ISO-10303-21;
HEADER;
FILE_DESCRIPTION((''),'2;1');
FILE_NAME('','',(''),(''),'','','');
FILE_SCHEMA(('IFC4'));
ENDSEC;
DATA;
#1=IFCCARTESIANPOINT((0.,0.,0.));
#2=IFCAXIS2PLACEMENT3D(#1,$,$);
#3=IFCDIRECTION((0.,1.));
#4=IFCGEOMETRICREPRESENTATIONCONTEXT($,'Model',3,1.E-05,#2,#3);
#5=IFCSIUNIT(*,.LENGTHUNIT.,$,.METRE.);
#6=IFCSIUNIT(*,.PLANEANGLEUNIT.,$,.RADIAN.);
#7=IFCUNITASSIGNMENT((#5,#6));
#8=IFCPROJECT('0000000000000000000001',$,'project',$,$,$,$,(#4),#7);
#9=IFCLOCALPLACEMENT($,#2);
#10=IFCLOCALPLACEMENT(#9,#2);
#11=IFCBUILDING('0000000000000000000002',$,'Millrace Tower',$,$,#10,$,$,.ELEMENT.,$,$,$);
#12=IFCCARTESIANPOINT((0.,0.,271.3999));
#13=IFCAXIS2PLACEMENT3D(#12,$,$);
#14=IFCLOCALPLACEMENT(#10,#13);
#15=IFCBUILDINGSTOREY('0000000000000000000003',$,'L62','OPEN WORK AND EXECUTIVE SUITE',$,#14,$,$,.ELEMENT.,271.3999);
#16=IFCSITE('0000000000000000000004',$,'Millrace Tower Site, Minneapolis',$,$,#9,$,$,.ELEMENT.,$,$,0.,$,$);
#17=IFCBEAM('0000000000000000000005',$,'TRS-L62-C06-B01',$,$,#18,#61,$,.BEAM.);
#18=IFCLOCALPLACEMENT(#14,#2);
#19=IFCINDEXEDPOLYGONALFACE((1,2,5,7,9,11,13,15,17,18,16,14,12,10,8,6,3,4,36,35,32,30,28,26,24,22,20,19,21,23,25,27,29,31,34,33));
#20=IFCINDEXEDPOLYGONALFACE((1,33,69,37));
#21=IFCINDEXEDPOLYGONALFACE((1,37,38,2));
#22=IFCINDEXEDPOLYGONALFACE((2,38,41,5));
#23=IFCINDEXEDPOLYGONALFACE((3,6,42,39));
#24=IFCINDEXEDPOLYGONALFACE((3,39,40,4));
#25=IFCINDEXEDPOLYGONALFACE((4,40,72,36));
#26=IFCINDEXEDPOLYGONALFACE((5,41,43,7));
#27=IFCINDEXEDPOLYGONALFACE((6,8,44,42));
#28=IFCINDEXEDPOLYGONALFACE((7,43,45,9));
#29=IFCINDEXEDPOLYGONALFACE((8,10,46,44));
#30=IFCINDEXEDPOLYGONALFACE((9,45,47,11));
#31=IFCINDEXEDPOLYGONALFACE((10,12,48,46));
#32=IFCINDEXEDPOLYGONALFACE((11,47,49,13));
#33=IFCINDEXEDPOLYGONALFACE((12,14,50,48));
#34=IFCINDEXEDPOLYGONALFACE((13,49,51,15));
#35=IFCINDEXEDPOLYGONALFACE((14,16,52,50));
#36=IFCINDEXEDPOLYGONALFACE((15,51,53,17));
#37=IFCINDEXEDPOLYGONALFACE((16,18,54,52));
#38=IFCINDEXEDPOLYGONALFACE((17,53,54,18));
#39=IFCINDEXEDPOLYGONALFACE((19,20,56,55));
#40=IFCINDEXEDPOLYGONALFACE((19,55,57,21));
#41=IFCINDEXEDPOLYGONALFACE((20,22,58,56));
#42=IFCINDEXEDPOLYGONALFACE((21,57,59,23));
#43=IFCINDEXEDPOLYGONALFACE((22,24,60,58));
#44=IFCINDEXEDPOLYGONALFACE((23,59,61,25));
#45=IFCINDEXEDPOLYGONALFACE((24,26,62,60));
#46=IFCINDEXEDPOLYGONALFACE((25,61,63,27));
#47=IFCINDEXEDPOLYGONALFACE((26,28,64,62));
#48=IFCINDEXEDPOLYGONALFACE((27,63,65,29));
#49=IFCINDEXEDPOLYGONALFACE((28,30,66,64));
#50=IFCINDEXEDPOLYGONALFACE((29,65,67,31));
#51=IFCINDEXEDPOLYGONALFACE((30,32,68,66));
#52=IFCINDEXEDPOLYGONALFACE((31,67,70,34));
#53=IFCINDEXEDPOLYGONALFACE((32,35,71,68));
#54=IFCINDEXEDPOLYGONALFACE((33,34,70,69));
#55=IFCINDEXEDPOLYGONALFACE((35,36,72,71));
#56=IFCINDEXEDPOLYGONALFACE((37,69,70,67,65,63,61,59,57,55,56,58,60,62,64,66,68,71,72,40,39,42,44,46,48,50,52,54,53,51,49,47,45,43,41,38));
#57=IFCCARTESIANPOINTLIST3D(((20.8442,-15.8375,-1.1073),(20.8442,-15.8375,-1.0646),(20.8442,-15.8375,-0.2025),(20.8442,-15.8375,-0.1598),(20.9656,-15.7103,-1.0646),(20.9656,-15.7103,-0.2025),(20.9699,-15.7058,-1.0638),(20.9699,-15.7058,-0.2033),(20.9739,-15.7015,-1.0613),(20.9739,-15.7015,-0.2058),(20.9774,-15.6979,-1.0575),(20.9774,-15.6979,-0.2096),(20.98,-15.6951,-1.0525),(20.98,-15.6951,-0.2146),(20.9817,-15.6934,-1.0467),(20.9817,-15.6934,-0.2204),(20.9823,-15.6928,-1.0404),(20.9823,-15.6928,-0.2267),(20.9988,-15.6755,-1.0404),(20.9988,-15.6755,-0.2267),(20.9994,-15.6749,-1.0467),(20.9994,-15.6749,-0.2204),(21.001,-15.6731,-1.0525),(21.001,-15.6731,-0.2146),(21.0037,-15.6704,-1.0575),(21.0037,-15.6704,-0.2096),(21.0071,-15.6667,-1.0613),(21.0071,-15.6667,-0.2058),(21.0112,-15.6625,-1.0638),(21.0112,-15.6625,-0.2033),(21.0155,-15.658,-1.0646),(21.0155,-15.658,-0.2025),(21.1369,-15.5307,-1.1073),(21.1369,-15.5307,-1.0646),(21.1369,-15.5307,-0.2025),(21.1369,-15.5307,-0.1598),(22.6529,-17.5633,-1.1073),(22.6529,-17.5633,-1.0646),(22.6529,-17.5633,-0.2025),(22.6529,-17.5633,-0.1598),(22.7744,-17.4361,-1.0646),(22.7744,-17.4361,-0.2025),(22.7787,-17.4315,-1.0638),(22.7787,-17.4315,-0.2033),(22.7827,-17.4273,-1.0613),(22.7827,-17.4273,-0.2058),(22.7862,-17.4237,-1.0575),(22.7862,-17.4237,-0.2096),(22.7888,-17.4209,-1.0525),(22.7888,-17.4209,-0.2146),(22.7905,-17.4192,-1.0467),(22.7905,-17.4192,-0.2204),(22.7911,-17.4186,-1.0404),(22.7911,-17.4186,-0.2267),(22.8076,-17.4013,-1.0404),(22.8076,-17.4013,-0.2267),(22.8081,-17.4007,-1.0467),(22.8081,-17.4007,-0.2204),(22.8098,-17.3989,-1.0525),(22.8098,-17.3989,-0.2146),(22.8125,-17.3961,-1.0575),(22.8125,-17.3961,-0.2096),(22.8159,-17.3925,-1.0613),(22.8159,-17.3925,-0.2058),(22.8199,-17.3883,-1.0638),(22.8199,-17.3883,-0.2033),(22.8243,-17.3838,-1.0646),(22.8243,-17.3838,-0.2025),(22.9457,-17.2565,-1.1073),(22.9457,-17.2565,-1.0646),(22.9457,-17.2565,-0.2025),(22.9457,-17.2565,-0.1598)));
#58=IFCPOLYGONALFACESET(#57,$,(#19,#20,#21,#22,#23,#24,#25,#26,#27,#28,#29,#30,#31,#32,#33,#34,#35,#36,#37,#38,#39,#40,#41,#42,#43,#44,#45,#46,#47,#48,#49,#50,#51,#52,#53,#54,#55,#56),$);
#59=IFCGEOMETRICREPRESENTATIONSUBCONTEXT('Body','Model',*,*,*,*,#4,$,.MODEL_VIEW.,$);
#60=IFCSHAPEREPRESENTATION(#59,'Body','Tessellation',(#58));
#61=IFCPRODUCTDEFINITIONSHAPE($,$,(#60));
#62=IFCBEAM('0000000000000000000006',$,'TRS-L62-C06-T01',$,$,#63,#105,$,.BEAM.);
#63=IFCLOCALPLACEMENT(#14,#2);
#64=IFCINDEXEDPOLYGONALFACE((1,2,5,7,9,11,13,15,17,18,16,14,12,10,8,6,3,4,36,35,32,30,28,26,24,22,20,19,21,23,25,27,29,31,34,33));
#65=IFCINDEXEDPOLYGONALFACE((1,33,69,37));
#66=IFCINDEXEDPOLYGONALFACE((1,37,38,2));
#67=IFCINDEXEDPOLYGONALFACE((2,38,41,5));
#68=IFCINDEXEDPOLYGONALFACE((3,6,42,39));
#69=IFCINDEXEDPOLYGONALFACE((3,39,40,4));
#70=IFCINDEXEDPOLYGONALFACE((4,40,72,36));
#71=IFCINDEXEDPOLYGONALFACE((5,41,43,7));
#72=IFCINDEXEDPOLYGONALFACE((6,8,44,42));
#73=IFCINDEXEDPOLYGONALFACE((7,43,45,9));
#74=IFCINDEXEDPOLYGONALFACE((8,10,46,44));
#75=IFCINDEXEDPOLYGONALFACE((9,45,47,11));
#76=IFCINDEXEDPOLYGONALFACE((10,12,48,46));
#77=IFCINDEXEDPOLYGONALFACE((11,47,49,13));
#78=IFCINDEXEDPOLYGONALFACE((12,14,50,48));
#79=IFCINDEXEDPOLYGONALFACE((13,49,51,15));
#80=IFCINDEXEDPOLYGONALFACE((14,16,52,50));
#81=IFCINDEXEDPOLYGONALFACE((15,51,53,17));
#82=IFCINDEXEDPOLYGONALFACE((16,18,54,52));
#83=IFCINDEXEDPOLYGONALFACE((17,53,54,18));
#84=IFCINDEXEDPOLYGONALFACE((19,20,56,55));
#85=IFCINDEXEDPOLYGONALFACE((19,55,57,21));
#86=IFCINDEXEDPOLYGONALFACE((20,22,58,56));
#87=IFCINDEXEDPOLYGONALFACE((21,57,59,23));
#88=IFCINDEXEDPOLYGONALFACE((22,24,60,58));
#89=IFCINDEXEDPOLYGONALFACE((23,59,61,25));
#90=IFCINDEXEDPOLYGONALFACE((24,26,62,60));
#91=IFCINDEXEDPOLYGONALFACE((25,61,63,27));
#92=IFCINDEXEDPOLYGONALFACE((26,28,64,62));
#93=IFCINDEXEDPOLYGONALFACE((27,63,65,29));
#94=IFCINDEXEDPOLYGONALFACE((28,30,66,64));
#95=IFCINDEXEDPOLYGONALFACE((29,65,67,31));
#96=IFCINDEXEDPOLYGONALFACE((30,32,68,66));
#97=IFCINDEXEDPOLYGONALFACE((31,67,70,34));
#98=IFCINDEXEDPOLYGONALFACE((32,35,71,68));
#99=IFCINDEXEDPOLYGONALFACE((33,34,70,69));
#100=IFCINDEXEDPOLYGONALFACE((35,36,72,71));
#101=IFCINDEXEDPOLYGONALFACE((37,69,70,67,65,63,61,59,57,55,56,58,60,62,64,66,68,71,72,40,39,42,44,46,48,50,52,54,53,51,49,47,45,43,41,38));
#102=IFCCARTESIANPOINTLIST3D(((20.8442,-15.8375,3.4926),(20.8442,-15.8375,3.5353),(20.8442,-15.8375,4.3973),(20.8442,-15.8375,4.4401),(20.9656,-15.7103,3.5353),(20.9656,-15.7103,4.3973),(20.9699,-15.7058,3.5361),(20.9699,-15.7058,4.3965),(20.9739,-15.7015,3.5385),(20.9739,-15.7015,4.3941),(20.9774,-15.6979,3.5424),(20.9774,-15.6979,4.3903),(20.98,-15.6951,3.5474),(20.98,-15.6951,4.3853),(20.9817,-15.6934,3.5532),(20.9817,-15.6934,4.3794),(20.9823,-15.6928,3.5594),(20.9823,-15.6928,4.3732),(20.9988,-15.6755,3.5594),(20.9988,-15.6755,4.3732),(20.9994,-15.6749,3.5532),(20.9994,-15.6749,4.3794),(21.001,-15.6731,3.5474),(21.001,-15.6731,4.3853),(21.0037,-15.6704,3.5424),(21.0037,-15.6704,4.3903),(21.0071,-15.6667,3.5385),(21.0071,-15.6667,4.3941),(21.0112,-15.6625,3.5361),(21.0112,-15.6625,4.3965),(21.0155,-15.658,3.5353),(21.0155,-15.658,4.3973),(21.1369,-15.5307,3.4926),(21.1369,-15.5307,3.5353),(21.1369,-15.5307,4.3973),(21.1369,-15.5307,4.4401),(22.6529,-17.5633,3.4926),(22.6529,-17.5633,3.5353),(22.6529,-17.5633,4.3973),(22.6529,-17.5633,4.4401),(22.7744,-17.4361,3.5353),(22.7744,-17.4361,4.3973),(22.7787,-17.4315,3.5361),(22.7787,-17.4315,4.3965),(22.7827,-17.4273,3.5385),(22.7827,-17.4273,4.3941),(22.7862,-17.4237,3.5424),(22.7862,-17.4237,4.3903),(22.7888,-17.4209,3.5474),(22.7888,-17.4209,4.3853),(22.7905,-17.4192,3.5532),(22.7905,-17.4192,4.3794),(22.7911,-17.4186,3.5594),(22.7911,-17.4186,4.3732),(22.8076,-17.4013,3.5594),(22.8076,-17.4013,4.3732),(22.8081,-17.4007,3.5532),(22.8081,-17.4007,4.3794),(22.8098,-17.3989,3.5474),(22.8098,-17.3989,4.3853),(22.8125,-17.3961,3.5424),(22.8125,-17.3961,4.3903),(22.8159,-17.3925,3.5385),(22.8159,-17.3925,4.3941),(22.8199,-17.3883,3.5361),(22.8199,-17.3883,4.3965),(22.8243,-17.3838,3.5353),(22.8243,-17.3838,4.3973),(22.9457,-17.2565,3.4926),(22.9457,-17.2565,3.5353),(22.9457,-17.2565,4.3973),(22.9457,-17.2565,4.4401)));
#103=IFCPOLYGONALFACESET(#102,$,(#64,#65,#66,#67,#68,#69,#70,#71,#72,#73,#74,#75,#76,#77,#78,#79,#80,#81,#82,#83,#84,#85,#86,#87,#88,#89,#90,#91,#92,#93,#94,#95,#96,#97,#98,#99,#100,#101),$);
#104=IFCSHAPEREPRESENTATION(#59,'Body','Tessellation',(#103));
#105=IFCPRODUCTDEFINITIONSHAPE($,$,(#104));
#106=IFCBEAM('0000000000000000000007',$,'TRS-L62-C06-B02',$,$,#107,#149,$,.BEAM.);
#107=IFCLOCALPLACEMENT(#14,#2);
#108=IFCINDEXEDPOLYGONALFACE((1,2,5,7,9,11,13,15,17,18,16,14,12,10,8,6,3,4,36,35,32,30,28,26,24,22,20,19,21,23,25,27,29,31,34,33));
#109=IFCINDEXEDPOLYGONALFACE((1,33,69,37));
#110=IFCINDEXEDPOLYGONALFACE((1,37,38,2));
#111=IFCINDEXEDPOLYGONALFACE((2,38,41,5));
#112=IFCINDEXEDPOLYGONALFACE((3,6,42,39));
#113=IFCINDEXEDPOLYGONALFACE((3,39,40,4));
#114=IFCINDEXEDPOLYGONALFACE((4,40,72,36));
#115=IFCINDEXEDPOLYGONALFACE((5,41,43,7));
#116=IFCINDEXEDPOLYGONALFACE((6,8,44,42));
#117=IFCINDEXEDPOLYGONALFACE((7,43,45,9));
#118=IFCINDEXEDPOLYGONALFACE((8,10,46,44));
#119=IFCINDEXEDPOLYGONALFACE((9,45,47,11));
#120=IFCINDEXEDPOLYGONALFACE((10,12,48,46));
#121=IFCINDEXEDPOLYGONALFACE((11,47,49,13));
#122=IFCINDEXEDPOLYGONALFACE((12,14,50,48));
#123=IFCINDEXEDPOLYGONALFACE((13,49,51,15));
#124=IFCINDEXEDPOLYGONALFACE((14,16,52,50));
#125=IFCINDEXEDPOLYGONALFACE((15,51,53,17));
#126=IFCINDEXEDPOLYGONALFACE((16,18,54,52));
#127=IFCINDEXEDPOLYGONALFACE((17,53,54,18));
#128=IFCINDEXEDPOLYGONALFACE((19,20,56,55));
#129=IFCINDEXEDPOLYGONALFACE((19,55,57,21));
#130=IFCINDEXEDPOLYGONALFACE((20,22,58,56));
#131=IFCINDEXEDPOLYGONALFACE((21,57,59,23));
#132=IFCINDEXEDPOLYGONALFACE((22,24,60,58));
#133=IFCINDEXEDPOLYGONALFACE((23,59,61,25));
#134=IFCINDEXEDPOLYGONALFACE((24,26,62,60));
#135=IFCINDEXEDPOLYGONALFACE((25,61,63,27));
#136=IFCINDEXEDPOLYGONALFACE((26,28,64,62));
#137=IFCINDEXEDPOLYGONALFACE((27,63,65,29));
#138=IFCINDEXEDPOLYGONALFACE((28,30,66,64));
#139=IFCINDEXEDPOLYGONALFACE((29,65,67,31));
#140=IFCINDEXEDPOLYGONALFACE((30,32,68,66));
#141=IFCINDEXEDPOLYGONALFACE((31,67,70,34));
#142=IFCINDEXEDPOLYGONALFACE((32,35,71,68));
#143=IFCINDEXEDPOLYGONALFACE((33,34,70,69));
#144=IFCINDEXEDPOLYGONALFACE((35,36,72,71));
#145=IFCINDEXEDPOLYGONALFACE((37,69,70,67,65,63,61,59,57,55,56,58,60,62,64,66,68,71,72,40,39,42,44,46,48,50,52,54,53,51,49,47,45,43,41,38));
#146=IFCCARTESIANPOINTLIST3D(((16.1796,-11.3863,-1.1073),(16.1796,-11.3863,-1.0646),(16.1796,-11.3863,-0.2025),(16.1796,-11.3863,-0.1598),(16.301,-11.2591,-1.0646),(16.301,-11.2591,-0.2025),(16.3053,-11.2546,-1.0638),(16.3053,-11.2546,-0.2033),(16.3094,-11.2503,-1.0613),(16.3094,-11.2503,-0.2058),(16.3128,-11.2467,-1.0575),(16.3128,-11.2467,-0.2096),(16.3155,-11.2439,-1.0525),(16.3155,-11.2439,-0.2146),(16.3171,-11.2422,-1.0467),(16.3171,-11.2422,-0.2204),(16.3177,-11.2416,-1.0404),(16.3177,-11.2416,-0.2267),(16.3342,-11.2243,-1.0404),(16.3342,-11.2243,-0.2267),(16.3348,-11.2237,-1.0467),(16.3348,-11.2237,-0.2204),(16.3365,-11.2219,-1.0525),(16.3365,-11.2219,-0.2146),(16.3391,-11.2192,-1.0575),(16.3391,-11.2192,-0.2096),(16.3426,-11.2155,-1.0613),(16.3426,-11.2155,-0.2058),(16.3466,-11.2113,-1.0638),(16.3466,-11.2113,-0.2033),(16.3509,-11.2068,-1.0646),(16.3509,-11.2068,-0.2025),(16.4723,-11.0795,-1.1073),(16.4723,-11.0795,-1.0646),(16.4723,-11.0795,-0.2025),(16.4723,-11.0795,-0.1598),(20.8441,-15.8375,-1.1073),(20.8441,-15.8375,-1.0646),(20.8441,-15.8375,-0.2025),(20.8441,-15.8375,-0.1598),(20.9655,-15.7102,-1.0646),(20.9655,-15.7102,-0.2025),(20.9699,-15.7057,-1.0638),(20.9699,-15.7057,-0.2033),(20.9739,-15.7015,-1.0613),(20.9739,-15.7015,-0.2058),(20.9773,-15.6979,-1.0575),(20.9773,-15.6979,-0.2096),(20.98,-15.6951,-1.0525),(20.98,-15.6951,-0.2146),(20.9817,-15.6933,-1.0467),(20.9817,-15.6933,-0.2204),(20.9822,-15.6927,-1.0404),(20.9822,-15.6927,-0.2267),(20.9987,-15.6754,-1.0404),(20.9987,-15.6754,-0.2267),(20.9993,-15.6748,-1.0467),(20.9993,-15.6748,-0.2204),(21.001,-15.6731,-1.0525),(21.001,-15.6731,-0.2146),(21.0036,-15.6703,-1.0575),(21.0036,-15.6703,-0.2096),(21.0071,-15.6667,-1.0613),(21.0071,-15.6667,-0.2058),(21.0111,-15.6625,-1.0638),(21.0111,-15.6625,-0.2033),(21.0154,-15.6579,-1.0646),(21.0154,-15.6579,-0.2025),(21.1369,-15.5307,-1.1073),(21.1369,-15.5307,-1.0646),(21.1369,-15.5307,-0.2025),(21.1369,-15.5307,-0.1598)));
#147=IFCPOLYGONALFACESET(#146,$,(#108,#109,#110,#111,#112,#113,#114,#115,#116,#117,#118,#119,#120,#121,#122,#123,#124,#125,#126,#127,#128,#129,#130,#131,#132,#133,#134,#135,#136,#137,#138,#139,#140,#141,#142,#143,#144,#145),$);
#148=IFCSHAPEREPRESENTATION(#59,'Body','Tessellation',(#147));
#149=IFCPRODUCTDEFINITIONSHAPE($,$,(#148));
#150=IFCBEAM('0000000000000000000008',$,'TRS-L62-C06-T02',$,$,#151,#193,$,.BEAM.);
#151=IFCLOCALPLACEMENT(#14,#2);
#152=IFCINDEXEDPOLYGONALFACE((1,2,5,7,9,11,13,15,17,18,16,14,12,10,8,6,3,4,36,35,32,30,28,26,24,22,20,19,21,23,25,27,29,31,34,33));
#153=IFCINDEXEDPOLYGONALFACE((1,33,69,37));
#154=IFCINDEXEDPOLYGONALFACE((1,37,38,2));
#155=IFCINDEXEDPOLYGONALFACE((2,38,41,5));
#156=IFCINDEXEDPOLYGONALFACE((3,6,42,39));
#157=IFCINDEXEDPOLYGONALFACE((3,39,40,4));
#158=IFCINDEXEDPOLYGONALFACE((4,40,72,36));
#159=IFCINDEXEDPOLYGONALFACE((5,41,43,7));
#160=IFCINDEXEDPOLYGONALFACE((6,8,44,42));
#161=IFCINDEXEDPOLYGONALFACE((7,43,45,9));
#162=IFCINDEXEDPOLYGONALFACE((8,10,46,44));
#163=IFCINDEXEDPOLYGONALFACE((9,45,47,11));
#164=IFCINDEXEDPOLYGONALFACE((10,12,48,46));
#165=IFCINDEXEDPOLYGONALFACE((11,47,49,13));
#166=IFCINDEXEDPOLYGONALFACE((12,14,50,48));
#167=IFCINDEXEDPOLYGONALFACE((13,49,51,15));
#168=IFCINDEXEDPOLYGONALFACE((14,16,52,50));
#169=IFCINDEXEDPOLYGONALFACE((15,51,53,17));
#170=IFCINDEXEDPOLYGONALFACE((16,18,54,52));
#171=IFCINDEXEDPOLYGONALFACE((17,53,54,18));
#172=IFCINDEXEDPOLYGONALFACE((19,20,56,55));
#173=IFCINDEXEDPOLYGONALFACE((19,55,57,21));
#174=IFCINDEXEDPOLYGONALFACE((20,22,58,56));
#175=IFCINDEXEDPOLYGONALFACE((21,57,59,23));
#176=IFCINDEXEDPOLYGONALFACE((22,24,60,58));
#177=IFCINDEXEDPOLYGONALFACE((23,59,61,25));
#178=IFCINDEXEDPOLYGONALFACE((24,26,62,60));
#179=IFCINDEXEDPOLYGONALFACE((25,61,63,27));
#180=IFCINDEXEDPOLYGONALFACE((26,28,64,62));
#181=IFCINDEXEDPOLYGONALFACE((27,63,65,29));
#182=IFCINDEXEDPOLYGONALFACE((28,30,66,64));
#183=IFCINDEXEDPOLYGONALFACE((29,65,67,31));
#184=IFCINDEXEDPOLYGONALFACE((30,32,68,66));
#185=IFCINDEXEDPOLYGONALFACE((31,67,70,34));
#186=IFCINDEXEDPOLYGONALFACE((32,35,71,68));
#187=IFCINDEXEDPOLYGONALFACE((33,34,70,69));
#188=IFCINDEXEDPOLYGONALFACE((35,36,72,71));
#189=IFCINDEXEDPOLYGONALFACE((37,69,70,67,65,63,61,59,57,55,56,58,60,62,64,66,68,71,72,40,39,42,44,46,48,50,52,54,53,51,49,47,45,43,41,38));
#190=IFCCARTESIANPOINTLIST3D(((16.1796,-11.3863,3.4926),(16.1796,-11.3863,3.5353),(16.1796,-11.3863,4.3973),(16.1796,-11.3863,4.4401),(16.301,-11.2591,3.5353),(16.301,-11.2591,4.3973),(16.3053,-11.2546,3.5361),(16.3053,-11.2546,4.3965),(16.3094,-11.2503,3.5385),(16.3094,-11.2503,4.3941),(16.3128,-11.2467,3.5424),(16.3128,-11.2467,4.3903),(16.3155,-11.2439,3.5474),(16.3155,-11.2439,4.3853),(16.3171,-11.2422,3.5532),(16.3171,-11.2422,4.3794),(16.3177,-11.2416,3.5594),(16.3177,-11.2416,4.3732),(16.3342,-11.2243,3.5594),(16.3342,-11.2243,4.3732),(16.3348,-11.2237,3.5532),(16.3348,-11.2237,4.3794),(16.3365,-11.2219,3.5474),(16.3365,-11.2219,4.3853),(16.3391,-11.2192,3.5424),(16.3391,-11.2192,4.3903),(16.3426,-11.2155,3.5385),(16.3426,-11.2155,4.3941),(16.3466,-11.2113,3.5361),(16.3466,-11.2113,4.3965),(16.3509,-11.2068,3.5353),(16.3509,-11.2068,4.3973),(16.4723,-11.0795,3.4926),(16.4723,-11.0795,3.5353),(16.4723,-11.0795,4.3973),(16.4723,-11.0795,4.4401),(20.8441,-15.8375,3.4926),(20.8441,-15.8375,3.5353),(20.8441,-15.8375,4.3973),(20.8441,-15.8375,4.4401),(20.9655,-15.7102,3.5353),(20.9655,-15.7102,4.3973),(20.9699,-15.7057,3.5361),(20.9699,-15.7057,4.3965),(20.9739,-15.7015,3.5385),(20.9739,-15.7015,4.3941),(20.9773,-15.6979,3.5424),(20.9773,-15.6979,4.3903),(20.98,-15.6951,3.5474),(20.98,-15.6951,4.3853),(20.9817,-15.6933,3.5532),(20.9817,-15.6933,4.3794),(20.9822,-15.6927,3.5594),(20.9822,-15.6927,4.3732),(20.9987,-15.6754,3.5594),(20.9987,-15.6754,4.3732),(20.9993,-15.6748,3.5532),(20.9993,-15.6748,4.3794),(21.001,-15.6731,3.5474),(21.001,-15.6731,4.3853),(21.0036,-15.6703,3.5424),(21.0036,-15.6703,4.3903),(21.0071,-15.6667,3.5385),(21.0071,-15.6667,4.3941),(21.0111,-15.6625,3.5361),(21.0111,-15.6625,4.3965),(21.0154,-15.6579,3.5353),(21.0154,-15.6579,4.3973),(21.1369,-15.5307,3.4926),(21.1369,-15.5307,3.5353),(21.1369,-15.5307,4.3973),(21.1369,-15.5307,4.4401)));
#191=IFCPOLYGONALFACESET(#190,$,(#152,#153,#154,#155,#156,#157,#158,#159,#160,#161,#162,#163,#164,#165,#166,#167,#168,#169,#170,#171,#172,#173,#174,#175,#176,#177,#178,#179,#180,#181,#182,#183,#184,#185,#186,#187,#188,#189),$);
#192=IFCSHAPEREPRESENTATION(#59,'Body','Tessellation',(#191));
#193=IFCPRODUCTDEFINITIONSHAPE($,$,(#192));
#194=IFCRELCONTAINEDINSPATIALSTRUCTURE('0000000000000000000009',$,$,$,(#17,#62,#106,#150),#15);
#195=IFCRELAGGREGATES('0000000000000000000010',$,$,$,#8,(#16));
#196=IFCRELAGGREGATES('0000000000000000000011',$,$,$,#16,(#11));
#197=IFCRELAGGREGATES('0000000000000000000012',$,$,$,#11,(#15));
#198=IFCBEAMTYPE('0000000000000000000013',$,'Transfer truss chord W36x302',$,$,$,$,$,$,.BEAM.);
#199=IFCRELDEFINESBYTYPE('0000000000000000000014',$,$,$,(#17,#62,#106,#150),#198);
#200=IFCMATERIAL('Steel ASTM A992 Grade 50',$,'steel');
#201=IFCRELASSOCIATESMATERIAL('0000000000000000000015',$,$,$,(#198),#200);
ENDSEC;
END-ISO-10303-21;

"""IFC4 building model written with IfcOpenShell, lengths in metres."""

from ifc_helpers import new_model, si_unit, direction, frame, origin, origin_2d, place, context, subcontext, project, spatial, i_section, extrude, material, material_profile, profile_set, type_object, element, save


model = new_model("IFC4")

# Units and contexts
model_context = context("Model", 3, precision=1e-05, world=origin(), true_north=direction((0.0, 1.0)))
body_context = subcontext(model_context, "Body", "Model", "MODEL_VIEW")
ifc_project = project(units=[si_unit("LENGTHUNIT", "METRE"), si_unit("PLANEANGLEUNIT", "RADIAN")], contexts=[model_context])

# Site, building, storey
site_placement = place(None, origin())
site = spatial("IfcSite", under=ifc_project, at=site_placement, Name="Millrace Tower Site, Minneapolis", CompositionType="ELEMENT", RefElevation=0.0)
building_placement = place(site_placement, origin())
building = spatial("IfcBuilding", under=site, at=building_placement, Name="Millrace Tower", CompositionType="ELEMENT")
storey_placement = place(building_placement, frame((0.0, 0.0, 271.3999)))
storey = spatial("IfcBuildingStorey", under=building, at=storey_placement, Name="L62", Description="OPEN WORK AND EXECUTIVE SUITE", CompositionType="ELEMENT", Elevation=271.3999)

# Beams
ifc_material_1 = material(Name="Steel ASTM A992 Grade 50", Category="steel")
ifc_material_profile_1 = material_profile(ifc_material_1, i_section(OverallWidth=0.4241, OverallDepth=0.9475, WebThickness=0.0239, FlangeThickness=0.0427, FilletRadius=0.0242, at=origin_2d()))
ifc_profile_set_1 = profile_set([ifc_material_profile_1], Name="Steel ASTM A992 Grade 50")
beam_type_1 = type_object("IfcBeamType", Name="Transfer truss chord W36x302", PredefinedType="BEAM", material=ifc_profile_set_1)
for number, where, z_axis, x_axis, name in (
    (1, (22.7993, -17.4099, -0.6335), (-0.723513, 0.690311, 0.0), (-0.690311, -0.723513, 0.0), "TRS-L62-C06-B01"),
    (2, (22.7993, -17.4099, 3.9663), (-0.723513, 0.690311, 0.0), (-0.690311, -0.723513, 0.0), "TRS-L62-C06-T01"),
):
    element("IfcBeam", number, at=place(storey_placement, frame(where, z_axis=z_axis, x_axis=x_axis)), inside=storey, type_object=beam_type_1, Name=name, PredefinedType="BEAM", context=body_context, shape_type="SweptSolid", body=[
        extrude(i_section(OverallWidth=0.4241, OverallDepth=0.9475, WebThickness=0.0239, FlangeThickness=0.0427, FilletRadius=0.0242, at=origin_2d()), origin(), (0.0, 0.0, 1.0), 2.5),
    ])
for number, where, z_axis, x_axis, name in (
    (3, (20.9905, -15.6841, -0.6335), (-0.72346, 0.690366, 0.0), (-0.690366, -0.72346, 0.0), "TRS-L62-C06-B02"),
    (4, (20.9905, -15.6841, 3.9663), (-0.72346, 0.690366, 0.0), (-0.690366, -0.72346, 0.0), "TRS-L62-C06-T02"),
):
    element("IfcBeam", number, at=place(storey_placement, frame(where, z_axis=z_axis, x_axis=x_axis)), inside=storey, type_object=beam_type_1, Name=name, PredefinedType="BEAM", context=body_context, shape_type="SweptSolid", body=[
        extrude(i_section(OverallWidth=0.4241, OverallDepth=0.9475, WebThickness=0.0239, FlangeThickness=0.0427, FilletRadius=0.0242, at=origin_2d()), origin(), (0.0, 0.0, 1.0), 6.4475),
    ])

save(model, "model.ifc")
